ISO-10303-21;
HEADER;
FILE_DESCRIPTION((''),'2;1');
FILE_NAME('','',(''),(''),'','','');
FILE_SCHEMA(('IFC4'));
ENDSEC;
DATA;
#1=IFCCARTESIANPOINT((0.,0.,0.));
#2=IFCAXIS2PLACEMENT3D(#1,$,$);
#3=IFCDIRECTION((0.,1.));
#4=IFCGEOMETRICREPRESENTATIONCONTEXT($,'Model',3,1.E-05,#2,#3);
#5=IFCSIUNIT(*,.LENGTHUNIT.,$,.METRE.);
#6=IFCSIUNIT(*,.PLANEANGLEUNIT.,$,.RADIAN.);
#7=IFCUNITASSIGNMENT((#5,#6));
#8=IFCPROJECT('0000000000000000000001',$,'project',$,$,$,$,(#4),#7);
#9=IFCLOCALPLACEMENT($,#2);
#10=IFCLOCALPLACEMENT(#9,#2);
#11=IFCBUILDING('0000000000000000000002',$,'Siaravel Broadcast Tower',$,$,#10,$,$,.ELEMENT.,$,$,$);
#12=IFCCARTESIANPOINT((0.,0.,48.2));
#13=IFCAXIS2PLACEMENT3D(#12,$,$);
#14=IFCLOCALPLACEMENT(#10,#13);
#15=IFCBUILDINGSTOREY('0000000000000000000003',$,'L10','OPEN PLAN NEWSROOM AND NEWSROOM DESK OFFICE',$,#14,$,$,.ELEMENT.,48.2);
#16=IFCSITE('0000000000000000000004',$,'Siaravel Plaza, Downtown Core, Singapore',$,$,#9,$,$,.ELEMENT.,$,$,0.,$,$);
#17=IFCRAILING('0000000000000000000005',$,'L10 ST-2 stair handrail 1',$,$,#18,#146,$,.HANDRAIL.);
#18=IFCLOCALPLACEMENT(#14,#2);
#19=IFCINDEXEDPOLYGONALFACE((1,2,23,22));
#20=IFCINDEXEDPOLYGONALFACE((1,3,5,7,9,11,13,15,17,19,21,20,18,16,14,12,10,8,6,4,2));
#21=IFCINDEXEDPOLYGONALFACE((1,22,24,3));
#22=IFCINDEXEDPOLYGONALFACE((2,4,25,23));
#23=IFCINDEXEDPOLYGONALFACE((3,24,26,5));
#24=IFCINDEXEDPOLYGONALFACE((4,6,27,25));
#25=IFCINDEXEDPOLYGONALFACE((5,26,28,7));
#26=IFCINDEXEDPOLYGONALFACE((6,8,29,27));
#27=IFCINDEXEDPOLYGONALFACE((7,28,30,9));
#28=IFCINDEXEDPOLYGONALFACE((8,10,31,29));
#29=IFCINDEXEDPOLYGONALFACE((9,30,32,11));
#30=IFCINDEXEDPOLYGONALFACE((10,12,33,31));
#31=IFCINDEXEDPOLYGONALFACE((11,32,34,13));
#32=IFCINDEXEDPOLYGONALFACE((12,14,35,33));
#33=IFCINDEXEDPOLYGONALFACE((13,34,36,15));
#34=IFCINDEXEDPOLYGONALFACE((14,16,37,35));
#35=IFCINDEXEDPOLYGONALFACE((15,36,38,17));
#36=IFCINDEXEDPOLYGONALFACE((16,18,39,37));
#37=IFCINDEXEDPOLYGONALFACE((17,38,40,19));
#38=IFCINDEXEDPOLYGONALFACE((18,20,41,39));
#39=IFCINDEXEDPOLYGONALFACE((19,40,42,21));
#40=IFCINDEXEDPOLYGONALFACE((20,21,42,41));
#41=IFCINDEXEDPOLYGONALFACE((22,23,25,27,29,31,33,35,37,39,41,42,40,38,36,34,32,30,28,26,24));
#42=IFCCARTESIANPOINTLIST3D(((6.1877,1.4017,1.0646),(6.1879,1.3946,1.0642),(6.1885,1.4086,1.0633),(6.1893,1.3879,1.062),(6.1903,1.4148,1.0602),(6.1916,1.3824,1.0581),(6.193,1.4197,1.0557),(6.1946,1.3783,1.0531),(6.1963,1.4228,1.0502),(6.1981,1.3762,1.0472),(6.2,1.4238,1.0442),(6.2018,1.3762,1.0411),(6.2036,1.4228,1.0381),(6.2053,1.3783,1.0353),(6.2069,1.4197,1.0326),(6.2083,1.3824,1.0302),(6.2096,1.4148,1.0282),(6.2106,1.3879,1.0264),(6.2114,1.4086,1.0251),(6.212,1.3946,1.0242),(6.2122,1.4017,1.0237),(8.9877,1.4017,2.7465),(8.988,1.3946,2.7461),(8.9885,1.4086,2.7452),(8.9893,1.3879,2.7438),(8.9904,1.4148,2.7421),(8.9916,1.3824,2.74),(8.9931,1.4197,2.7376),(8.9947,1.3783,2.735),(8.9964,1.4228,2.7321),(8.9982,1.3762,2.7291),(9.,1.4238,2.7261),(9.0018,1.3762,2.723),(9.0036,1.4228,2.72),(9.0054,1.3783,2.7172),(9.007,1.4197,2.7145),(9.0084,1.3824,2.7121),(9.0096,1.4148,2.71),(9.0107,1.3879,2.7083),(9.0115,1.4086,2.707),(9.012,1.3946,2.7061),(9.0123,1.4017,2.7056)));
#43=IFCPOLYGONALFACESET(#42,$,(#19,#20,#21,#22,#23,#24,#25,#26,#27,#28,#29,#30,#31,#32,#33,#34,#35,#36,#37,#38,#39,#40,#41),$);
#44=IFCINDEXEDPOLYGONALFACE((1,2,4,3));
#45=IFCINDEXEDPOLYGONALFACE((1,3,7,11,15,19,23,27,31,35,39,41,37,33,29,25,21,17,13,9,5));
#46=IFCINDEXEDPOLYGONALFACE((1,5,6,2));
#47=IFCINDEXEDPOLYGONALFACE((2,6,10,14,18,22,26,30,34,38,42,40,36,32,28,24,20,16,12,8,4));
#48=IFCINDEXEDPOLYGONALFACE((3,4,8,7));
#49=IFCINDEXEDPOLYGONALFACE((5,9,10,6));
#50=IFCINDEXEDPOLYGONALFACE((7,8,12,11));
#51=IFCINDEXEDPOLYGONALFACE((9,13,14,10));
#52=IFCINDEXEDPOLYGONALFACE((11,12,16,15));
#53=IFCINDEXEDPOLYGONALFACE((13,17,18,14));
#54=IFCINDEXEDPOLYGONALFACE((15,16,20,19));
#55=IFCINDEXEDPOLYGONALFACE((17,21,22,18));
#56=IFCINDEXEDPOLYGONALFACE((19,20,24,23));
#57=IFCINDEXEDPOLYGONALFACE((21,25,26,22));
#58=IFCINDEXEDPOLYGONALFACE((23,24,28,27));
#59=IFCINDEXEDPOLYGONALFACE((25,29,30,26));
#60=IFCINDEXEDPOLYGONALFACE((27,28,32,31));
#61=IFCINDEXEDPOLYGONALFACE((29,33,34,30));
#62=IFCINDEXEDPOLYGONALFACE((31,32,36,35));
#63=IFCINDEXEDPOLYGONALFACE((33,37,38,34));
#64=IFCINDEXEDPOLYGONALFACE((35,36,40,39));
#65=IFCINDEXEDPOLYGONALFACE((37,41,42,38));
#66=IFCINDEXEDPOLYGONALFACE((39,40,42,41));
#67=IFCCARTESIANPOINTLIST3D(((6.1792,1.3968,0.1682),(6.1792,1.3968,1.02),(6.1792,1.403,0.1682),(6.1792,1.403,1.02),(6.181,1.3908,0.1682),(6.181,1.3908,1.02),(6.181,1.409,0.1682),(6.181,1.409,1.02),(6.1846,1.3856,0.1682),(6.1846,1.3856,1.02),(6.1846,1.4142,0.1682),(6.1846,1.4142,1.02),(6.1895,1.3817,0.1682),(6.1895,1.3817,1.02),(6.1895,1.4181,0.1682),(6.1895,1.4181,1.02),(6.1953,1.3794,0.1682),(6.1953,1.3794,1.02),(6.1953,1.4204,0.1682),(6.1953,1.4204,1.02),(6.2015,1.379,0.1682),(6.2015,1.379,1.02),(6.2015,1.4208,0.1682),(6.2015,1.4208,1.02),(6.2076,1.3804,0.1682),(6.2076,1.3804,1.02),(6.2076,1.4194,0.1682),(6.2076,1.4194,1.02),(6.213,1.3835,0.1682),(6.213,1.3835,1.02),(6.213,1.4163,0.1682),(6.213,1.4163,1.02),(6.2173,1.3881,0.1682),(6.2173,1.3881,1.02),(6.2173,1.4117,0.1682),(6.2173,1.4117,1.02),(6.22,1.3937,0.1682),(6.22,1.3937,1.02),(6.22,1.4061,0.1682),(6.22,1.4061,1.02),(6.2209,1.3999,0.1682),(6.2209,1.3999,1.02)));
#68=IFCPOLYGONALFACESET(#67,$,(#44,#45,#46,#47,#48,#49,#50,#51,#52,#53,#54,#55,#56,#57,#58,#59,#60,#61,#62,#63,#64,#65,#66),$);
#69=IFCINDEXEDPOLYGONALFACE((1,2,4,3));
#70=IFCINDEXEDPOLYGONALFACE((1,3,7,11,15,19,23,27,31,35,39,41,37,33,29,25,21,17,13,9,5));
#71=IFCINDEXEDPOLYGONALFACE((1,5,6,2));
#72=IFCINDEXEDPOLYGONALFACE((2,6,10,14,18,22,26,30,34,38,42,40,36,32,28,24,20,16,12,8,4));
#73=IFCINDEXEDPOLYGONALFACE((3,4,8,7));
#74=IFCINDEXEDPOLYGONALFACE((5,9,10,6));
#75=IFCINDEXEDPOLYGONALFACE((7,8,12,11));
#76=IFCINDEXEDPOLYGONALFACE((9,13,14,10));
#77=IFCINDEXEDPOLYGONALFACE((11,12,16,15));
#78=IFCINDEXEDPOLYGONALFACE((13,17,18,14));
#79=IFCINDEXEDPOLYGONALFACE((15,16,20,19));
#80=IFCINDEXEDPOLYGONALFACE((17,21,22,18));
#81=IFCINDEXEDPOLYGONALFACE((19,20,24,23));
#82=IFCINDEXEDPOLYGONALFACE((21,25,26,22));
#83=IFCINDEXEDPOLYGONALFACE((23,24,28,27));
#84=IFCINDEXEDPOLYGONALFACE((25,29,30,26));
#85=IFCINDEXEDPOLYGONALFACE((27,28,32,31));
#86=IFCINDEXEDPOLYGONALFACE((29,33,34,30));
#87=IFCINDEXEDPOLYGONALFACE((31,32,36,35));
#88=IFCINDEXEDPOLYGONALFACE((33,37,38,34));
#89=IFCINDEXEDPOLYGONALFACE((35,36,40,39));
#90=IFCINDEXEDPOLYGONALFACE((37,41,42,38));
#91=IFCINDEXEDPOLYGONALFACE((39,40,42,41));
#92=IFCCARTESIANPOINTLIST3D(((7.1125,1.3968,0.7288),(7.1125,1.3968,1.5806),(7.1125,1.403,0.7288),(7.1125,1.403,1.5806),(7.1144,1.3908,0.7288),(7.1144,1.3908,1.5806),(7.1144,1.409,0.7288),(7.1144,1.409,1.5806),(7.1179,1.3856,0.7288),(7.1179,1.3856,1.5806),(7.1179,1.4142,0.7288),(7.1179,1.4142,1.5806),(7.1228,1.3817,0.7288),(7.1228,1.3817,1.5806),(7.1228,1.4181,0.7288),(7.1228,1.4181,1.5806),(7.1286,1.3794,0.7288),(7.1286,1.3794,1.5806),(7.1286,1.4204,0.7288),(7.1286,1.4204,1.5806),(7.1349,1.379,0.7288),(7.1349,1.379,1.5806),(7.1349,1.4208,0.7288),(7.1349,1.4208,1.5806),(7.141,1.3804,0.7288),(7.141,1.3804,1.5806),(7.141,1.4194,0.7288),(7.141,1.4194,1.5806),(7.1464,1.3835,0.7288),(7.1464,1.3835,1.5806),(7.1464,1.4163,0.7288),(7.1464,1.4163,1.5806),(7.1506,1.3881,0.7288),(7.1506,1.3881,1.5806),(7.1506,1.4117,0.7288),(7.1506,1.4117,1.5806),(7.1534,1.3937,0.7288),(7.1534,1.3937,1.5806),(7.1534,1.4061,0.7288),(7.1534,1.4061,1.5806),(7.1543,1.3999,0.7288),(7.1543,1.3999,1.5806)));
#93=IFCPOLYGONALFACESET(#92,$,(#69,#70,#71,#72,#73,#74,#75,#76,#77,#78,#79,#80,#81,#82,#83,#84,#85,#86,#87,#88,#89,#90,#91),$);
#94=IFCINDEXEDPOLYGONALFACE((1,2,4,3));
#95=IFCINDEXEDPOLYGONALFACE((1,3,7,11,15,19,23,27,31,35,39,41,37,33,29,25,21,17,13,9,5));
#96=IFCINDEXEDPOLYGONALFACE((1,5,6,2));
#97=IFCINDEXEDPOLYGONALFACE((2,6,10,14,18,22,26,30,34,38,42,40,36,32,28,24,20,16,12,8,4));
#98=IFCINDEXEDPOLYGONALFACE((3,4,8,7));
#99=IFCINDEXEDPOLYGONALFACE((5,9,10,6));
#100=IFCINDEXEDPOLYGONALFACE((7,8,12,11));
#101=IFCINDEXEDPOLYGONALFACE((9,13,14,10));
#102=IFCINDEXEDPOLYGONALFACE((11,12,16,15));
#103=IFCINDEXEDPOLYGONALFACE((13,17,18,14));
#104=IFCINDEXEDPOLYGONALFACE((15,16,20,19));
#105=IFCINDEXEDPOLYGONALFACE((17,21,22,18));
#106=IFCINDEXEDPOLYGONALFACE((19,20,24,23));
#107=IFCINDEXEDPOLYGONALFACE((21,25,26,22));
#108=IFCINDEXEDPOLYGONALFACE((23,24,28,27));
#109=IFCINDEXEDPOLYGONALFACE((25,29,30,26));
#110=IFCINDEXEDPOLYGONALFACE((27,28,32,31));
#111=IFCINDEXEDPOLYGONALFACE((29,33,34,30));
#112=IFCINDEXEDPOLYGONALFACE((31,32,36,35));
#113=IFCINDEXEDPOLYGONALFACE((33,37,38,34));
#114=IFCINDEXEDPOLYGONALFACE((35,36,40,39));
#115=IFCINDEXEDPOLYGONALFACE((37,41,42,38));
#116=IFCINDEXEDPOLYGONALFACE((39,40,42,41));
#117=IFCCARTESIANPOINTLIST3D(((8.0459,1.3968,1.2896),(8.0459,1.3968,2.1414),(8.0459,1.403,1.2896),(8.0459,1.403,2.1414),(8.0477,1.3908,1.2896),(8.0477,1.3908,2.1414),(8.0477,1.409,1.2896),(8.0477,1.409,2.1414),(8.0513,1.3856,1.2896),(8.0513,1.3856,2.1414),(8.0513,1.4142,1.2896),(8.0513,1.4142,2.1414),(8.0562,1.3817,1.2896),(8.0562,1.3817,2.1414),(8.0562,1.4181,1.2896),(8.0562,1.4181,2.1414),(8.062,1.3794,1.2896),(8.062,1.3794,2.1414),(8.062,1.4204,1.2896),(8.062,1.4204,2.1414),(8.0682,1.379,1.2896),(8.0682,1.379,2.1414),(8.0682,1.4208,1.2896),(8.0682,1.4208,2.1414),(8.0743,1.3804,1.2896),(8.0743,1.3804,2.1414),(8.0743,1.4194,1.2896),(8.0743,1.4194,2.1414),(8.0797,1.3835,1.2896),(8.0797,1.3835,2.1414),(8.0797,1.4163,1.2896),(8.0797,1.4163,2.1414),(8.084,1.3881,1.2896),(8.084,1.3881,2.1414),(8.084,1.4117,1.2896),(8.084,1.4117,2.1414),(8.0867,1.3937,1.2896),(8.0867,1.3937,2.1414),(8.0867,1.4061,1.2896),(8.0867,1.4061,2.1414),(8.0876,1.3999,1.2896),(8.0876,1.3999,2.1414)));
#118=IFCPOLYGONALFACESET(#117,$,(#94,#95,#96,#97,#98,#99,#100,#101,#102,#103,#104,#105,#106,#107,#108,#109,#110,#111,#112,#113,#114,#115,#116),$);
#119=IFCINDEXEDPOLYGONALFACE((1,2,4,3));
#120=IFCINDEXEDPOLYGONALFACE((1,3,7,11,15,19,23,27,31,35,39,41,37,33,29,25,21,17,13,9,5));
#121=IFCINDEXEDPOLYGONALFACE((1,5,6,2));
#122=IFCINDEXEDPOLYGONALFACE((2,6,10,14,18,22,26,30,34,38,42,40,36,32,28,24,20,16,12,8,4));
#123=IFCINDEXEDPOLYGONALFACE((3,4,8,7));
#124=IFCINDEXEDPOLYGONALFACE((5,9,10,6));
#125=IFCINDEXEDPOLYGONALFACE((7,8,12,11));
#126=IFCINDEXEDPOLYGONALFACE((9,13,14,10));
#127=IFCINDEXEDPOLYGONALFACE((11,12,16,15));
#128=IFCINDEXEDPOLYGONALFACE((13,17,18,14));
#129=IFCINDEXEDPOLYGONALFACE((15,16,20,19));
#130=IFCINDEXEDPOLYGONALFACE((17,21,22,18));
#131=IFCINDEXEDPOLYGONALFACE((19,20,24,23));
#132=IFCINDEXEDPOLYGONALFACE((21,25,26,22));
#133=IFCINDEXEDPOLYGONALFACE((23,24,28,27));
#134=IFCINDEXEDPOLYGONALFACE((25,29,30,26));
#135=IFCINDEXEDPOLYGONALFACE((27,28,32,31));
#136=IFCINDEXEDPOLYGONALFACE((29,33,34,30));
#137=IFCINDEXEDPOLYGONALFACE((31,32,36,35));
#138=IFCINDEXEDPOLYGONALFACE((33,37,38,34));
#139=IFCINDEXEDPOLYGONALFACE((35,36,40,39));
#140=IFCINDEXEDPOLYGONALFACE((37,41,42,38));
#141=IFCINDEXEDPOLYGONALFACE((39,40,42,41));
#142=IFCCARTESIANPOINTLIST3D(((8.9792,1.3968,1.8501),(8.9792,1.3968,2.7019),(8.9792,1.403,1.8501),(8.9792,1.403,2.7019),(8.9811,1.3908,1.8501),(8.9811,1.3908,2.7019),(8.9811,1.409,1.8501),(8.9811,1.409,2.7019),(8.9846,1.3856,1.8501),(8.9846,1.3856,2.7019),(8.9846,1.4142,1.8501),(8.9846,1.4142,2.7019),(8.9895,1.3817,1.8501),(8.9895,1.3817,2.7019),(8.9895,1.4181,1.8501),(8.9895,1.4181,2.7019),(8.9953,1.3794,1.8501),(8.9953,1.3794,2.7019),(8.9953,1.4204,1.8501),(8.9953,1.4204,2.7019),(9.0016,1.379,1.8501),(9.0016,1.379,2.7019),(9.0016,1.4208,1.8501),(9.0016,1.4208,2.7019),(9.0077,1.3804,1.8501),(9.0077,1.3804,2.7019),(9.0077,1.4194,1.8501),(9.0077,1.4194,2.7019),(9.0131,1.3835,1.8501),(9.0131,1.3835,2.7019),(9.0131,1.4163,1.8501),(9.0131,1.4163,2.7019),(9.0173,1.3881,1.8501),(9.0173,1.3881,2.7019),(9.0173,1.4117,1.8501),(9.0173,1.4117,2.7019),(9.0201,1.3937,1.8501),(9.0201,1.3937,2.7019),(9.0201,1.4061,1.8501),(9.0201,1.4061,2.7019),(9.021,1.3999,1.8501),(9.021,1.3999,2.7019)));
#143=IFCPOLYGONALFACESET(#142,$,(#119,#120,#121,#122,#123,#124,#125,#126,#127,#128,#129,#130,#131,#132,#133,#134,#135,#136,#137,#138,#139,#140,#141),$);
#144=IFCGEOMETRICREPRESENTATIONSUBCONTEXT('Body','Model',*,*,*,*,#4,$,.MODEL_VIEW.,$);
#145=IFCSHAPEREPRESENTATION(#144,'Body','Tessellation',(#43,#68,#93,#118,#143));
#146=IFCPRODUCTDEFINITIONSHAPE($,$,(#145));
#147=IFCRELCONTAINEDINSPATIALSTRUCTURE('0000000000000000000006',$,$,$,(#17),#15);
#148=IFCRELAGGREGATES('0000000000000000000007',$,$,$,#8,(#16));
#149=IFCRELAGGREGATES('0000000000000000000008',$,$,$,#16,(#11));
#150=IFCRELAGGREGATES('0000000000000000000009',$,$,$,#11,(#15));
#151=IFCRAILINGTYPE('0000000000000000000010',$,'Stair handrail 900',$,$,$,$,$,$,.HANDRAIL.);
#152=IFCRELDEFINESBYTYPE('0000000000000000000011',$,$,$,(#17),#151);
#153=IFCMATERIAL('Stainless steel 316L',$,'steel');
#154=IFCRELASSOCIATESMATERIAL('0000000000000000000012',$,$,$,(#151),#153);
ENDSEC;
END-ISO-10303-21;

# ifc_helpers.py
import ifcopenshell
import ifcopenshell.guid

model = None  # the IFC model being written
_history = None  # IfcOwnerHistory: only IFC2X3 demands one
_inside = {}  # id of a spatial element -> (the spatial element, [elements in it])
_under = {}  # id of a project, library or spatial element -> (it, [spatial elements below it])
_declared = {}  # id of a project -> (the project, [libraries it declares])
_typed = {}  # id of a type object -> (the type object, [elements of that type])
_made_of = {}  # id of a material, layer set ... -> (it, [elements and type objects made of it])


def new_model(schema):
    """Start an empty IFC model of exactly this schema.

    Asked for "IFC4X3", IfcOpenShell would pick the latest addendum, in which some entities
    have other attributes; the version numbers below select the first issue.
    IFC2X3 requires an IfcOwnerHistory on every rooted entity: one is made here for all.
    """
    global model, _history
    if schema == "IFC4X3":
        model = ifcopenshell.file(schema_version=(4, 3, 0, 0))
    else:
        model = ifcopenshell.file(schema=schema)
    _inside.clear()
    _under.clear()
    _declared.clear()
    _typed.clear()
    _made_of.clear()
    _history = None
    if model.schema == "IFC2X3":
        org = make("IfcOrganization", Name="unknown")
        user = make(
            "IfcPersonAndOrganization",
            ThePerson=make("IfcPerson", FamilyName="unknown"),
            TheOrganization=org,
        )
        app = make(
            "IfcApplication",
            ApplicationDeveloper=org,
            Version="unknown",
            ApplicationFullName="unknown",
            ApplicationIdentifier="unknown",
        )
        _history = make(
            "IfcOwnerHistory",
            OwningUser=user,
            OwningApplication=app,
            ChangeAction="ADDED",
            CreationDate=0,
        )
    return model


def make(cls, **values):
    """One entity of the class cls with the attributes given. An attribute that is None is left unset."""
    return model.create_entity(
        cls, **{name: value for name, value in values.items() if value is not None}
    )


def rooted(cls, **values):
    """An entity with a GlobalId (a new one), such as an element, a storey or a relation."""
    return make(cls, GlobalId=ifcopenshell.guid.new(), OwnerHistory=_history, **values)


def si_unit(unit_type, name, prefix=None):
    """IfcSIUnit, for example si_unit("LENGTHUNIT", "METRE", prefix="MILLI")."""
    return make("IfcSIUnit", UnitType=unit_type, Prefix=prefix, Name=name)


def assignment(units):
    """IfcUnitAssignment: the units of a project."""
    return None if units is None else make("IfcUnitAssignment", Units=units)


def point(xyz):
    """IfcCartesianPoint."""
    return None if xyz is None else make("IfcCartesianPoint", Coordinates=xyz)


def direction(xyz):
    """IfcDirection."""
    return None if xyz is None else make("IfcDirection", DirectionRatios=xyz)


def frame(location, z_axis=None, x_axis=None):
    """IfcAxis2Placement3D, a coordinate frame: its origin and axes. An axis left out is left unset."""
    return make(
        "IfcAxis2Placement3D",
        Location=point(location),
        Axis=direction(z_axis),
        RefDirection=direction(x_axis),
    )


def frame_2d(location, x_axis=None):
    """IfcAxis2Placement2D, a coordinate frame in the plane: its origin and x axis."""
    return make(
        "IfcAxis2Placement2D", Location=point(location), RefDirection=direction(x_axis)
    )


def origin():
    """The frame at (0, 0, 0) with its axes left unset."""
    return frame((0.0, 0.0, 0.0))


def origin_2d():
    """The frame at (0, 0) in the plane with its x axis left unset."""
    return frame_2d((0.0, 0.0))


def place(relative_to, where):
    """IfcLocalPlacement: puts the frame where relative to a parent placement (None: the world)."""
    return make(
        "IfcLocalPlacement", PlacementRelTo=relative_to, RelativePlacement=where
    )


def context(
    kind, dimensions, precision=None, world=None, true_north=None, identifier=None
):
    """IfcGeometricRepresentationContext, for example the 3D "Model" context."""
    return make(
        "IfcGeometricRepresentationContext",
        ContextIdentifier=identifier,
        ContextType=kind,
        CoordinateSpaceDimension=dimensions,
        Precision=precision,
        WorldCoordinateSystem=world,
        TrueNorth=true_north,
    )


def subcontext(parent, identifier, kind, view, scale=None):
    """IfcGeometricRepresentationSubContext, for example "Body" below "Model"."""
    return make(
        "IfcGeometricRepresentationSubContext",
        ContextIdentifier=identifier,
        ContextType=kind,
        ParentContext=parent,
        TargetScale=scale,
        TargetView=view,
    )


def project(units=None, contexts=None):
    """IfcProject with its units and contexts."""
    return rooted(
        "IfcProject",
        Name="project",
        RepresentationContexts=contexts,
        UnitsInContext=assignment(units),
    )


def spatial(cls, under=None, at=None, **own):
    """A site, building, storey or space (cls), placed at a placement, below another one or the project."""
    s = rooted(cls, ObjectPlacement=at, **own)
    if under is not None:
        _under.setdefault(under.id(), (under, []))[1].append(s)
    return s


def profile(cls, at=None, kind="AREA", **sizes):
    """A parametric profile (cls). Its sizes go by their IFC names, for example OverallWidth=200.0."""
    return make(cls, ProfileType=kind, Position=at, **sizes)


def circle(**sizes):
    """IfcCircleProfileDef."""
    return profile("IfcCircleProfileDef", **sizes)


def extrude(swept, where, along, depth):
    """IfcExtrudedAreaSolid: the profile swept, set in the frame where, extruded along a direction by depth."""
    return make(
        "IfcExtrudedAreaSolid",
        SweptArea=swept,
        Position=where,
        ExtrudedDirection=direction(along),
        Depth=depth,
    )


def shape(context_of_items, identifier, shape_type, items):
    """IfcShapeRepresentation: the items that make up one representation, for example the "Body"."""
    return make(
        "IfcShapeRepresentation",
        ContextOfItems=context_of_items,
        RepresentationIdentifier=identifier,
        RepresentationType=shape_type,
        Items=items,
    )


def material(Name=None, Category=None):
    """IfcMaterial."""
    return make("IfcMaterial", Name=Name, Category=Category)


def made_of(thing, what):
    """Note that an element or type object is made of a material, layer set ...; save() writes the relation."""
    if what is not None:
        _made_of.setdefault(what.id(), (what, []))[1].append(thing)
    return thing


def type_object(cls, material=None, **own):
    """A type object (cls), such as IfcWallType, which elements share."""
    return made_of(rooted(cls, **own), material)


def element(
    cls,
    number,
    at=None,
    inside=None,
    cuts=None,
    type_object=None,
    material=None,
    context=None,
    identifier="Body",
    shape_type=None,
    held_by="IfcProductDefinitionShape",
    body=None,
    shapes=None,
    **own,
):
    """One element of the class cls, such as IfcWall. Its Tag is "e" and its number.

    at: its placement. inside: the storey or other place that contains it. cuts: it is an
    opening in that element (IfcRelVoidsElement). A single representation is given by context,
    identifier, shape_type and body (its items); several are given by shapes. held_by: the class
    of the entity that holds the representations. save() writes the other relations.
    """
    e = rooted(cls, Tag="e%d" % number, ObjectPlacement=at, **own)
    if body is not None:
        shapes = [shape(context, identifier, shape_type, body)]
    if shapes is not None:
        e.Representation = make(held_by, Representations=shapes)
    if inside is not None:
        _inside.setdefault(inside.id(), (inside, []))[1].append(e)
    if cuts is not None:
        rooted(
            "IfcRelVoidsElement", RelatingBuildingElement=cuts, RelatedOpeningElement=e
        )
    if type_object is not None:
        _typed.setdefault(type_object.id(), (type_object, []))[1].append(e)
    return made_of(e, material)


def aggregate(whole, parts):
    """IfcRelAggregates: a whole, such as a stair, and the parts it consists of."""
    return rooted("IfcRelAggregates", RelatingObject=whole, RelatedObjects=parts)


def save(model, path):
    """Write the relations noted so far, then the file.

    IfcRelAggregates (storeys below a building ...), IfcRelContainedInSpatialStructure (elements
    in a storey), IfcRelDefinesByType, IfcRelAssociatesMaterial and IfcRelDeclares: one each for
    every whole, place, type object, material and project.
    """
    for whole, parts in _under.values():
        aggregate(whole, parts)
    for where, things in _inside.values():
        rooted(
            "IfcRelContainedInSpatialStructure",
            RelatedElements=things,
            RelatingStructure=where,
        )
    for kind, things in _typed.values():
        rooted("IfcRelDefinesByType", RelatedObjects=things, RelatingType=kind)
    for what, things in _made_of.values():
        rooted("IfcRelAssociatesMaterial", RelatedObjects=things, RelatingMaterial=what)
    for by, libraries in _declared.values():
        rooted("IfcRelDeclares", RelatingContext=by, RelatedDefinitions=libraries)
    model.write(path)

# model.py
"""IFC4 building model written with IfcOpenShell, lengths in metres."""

from ifc_helpers import new_model, si_unit, direction, frame, origin, origin_2d, place, context, subcontext, project, spatial, circle, extrude, material, type_object, element, save


model = new_model("IFC4")

# Units and contexts
model_context = context("Model", 3, precision=1e-05, world=origin(), true_north=direction((0.0, 1.0)))
body_context = subcontext(model_context, "Body", "Model", "MODEL_VIEW")
ifc_project = project(units=[si_unit("LENGTHUNIT", "METRE"), si_unit("PLANEANGLEUNIT", "RADIAN")], contexts=[model_context])

# Site, building, storey
site_placement = place(None, origin())
site = spatial("IfcSite", under=ifc_project, at=site_placement, Name="Siaravel Plaza, Downtown Core, Singapore", CompositionType="ELEMENT", RefElevation=0.0)
building_placement = place(site_placement, origin())
building = spatial("IfcBuilding", under=site, at=building_placement, Name="Siaravel Broadcast Tower", CompositionType="ELEMENT")
storey_placement = place(building_placement, frame((0.0, 0.0, 48.2)))
storey = spatial("IfcBuildingStorey", under=building, at=storey_placement, Name="L10", Description="OPEN PLAN NEWSROOM AND NEWSROOM DESK OFFICE", CompositionType="ELEMENT", Elevation=48.2)

# Railing
ifc_material_1 = material(Name="Stainless steel 316L", Category="steel")
railing_type_1 = type_object("IfcRailingType", Name="Stair handrail 900", PredefinedType="HANDRAIL", material=ifc_material_1)
railing_1_placement = place(storey_placement, frame((6.2, 1.3999, 0.1682)))
element("IfcRailing", 1, at=railing_1_placement, inside=storey, type_object=railing_type_1, Name="L10 ST-2 stair handrail 1", PredefinedType="HANDRAIL", context=body_context, shape_type="SweptSolid", body=[
    extrude(circle(Radius=0.0239, at=origin_2d()), frame((0.0, 0.0, 0.876), z_axis=(0.857242, 0.0, 0.514913), x_axis=(0.0, 1.0, 0.0)), (0.0, 0.0, 1.0), 3.2664),
    extrude(circle(Radius=0.021, at=origin_2d()), origin(), (0.0, 0.0, 1.0), 0.8518),
    extrude(circle(Radius=0.021, at=origin_2d()), frame((0.9333, 0.0, 0.5605)), (0.0, 0.0, 1.0), 0.8518),
    extrude(circle(Radius=0.021, at=origin_2d()), frame((1.8667, 0.0, 1.1213)), (0.0, 0.0, 1.0), 0.8518),
    extrude(circle(Radius=0.021, at=origin_2d()), frame((2.8, 0.0, 1.6819)), (0.0, 0.0, 1.0), 0.8518),
])

save(model, "model.ifc")
